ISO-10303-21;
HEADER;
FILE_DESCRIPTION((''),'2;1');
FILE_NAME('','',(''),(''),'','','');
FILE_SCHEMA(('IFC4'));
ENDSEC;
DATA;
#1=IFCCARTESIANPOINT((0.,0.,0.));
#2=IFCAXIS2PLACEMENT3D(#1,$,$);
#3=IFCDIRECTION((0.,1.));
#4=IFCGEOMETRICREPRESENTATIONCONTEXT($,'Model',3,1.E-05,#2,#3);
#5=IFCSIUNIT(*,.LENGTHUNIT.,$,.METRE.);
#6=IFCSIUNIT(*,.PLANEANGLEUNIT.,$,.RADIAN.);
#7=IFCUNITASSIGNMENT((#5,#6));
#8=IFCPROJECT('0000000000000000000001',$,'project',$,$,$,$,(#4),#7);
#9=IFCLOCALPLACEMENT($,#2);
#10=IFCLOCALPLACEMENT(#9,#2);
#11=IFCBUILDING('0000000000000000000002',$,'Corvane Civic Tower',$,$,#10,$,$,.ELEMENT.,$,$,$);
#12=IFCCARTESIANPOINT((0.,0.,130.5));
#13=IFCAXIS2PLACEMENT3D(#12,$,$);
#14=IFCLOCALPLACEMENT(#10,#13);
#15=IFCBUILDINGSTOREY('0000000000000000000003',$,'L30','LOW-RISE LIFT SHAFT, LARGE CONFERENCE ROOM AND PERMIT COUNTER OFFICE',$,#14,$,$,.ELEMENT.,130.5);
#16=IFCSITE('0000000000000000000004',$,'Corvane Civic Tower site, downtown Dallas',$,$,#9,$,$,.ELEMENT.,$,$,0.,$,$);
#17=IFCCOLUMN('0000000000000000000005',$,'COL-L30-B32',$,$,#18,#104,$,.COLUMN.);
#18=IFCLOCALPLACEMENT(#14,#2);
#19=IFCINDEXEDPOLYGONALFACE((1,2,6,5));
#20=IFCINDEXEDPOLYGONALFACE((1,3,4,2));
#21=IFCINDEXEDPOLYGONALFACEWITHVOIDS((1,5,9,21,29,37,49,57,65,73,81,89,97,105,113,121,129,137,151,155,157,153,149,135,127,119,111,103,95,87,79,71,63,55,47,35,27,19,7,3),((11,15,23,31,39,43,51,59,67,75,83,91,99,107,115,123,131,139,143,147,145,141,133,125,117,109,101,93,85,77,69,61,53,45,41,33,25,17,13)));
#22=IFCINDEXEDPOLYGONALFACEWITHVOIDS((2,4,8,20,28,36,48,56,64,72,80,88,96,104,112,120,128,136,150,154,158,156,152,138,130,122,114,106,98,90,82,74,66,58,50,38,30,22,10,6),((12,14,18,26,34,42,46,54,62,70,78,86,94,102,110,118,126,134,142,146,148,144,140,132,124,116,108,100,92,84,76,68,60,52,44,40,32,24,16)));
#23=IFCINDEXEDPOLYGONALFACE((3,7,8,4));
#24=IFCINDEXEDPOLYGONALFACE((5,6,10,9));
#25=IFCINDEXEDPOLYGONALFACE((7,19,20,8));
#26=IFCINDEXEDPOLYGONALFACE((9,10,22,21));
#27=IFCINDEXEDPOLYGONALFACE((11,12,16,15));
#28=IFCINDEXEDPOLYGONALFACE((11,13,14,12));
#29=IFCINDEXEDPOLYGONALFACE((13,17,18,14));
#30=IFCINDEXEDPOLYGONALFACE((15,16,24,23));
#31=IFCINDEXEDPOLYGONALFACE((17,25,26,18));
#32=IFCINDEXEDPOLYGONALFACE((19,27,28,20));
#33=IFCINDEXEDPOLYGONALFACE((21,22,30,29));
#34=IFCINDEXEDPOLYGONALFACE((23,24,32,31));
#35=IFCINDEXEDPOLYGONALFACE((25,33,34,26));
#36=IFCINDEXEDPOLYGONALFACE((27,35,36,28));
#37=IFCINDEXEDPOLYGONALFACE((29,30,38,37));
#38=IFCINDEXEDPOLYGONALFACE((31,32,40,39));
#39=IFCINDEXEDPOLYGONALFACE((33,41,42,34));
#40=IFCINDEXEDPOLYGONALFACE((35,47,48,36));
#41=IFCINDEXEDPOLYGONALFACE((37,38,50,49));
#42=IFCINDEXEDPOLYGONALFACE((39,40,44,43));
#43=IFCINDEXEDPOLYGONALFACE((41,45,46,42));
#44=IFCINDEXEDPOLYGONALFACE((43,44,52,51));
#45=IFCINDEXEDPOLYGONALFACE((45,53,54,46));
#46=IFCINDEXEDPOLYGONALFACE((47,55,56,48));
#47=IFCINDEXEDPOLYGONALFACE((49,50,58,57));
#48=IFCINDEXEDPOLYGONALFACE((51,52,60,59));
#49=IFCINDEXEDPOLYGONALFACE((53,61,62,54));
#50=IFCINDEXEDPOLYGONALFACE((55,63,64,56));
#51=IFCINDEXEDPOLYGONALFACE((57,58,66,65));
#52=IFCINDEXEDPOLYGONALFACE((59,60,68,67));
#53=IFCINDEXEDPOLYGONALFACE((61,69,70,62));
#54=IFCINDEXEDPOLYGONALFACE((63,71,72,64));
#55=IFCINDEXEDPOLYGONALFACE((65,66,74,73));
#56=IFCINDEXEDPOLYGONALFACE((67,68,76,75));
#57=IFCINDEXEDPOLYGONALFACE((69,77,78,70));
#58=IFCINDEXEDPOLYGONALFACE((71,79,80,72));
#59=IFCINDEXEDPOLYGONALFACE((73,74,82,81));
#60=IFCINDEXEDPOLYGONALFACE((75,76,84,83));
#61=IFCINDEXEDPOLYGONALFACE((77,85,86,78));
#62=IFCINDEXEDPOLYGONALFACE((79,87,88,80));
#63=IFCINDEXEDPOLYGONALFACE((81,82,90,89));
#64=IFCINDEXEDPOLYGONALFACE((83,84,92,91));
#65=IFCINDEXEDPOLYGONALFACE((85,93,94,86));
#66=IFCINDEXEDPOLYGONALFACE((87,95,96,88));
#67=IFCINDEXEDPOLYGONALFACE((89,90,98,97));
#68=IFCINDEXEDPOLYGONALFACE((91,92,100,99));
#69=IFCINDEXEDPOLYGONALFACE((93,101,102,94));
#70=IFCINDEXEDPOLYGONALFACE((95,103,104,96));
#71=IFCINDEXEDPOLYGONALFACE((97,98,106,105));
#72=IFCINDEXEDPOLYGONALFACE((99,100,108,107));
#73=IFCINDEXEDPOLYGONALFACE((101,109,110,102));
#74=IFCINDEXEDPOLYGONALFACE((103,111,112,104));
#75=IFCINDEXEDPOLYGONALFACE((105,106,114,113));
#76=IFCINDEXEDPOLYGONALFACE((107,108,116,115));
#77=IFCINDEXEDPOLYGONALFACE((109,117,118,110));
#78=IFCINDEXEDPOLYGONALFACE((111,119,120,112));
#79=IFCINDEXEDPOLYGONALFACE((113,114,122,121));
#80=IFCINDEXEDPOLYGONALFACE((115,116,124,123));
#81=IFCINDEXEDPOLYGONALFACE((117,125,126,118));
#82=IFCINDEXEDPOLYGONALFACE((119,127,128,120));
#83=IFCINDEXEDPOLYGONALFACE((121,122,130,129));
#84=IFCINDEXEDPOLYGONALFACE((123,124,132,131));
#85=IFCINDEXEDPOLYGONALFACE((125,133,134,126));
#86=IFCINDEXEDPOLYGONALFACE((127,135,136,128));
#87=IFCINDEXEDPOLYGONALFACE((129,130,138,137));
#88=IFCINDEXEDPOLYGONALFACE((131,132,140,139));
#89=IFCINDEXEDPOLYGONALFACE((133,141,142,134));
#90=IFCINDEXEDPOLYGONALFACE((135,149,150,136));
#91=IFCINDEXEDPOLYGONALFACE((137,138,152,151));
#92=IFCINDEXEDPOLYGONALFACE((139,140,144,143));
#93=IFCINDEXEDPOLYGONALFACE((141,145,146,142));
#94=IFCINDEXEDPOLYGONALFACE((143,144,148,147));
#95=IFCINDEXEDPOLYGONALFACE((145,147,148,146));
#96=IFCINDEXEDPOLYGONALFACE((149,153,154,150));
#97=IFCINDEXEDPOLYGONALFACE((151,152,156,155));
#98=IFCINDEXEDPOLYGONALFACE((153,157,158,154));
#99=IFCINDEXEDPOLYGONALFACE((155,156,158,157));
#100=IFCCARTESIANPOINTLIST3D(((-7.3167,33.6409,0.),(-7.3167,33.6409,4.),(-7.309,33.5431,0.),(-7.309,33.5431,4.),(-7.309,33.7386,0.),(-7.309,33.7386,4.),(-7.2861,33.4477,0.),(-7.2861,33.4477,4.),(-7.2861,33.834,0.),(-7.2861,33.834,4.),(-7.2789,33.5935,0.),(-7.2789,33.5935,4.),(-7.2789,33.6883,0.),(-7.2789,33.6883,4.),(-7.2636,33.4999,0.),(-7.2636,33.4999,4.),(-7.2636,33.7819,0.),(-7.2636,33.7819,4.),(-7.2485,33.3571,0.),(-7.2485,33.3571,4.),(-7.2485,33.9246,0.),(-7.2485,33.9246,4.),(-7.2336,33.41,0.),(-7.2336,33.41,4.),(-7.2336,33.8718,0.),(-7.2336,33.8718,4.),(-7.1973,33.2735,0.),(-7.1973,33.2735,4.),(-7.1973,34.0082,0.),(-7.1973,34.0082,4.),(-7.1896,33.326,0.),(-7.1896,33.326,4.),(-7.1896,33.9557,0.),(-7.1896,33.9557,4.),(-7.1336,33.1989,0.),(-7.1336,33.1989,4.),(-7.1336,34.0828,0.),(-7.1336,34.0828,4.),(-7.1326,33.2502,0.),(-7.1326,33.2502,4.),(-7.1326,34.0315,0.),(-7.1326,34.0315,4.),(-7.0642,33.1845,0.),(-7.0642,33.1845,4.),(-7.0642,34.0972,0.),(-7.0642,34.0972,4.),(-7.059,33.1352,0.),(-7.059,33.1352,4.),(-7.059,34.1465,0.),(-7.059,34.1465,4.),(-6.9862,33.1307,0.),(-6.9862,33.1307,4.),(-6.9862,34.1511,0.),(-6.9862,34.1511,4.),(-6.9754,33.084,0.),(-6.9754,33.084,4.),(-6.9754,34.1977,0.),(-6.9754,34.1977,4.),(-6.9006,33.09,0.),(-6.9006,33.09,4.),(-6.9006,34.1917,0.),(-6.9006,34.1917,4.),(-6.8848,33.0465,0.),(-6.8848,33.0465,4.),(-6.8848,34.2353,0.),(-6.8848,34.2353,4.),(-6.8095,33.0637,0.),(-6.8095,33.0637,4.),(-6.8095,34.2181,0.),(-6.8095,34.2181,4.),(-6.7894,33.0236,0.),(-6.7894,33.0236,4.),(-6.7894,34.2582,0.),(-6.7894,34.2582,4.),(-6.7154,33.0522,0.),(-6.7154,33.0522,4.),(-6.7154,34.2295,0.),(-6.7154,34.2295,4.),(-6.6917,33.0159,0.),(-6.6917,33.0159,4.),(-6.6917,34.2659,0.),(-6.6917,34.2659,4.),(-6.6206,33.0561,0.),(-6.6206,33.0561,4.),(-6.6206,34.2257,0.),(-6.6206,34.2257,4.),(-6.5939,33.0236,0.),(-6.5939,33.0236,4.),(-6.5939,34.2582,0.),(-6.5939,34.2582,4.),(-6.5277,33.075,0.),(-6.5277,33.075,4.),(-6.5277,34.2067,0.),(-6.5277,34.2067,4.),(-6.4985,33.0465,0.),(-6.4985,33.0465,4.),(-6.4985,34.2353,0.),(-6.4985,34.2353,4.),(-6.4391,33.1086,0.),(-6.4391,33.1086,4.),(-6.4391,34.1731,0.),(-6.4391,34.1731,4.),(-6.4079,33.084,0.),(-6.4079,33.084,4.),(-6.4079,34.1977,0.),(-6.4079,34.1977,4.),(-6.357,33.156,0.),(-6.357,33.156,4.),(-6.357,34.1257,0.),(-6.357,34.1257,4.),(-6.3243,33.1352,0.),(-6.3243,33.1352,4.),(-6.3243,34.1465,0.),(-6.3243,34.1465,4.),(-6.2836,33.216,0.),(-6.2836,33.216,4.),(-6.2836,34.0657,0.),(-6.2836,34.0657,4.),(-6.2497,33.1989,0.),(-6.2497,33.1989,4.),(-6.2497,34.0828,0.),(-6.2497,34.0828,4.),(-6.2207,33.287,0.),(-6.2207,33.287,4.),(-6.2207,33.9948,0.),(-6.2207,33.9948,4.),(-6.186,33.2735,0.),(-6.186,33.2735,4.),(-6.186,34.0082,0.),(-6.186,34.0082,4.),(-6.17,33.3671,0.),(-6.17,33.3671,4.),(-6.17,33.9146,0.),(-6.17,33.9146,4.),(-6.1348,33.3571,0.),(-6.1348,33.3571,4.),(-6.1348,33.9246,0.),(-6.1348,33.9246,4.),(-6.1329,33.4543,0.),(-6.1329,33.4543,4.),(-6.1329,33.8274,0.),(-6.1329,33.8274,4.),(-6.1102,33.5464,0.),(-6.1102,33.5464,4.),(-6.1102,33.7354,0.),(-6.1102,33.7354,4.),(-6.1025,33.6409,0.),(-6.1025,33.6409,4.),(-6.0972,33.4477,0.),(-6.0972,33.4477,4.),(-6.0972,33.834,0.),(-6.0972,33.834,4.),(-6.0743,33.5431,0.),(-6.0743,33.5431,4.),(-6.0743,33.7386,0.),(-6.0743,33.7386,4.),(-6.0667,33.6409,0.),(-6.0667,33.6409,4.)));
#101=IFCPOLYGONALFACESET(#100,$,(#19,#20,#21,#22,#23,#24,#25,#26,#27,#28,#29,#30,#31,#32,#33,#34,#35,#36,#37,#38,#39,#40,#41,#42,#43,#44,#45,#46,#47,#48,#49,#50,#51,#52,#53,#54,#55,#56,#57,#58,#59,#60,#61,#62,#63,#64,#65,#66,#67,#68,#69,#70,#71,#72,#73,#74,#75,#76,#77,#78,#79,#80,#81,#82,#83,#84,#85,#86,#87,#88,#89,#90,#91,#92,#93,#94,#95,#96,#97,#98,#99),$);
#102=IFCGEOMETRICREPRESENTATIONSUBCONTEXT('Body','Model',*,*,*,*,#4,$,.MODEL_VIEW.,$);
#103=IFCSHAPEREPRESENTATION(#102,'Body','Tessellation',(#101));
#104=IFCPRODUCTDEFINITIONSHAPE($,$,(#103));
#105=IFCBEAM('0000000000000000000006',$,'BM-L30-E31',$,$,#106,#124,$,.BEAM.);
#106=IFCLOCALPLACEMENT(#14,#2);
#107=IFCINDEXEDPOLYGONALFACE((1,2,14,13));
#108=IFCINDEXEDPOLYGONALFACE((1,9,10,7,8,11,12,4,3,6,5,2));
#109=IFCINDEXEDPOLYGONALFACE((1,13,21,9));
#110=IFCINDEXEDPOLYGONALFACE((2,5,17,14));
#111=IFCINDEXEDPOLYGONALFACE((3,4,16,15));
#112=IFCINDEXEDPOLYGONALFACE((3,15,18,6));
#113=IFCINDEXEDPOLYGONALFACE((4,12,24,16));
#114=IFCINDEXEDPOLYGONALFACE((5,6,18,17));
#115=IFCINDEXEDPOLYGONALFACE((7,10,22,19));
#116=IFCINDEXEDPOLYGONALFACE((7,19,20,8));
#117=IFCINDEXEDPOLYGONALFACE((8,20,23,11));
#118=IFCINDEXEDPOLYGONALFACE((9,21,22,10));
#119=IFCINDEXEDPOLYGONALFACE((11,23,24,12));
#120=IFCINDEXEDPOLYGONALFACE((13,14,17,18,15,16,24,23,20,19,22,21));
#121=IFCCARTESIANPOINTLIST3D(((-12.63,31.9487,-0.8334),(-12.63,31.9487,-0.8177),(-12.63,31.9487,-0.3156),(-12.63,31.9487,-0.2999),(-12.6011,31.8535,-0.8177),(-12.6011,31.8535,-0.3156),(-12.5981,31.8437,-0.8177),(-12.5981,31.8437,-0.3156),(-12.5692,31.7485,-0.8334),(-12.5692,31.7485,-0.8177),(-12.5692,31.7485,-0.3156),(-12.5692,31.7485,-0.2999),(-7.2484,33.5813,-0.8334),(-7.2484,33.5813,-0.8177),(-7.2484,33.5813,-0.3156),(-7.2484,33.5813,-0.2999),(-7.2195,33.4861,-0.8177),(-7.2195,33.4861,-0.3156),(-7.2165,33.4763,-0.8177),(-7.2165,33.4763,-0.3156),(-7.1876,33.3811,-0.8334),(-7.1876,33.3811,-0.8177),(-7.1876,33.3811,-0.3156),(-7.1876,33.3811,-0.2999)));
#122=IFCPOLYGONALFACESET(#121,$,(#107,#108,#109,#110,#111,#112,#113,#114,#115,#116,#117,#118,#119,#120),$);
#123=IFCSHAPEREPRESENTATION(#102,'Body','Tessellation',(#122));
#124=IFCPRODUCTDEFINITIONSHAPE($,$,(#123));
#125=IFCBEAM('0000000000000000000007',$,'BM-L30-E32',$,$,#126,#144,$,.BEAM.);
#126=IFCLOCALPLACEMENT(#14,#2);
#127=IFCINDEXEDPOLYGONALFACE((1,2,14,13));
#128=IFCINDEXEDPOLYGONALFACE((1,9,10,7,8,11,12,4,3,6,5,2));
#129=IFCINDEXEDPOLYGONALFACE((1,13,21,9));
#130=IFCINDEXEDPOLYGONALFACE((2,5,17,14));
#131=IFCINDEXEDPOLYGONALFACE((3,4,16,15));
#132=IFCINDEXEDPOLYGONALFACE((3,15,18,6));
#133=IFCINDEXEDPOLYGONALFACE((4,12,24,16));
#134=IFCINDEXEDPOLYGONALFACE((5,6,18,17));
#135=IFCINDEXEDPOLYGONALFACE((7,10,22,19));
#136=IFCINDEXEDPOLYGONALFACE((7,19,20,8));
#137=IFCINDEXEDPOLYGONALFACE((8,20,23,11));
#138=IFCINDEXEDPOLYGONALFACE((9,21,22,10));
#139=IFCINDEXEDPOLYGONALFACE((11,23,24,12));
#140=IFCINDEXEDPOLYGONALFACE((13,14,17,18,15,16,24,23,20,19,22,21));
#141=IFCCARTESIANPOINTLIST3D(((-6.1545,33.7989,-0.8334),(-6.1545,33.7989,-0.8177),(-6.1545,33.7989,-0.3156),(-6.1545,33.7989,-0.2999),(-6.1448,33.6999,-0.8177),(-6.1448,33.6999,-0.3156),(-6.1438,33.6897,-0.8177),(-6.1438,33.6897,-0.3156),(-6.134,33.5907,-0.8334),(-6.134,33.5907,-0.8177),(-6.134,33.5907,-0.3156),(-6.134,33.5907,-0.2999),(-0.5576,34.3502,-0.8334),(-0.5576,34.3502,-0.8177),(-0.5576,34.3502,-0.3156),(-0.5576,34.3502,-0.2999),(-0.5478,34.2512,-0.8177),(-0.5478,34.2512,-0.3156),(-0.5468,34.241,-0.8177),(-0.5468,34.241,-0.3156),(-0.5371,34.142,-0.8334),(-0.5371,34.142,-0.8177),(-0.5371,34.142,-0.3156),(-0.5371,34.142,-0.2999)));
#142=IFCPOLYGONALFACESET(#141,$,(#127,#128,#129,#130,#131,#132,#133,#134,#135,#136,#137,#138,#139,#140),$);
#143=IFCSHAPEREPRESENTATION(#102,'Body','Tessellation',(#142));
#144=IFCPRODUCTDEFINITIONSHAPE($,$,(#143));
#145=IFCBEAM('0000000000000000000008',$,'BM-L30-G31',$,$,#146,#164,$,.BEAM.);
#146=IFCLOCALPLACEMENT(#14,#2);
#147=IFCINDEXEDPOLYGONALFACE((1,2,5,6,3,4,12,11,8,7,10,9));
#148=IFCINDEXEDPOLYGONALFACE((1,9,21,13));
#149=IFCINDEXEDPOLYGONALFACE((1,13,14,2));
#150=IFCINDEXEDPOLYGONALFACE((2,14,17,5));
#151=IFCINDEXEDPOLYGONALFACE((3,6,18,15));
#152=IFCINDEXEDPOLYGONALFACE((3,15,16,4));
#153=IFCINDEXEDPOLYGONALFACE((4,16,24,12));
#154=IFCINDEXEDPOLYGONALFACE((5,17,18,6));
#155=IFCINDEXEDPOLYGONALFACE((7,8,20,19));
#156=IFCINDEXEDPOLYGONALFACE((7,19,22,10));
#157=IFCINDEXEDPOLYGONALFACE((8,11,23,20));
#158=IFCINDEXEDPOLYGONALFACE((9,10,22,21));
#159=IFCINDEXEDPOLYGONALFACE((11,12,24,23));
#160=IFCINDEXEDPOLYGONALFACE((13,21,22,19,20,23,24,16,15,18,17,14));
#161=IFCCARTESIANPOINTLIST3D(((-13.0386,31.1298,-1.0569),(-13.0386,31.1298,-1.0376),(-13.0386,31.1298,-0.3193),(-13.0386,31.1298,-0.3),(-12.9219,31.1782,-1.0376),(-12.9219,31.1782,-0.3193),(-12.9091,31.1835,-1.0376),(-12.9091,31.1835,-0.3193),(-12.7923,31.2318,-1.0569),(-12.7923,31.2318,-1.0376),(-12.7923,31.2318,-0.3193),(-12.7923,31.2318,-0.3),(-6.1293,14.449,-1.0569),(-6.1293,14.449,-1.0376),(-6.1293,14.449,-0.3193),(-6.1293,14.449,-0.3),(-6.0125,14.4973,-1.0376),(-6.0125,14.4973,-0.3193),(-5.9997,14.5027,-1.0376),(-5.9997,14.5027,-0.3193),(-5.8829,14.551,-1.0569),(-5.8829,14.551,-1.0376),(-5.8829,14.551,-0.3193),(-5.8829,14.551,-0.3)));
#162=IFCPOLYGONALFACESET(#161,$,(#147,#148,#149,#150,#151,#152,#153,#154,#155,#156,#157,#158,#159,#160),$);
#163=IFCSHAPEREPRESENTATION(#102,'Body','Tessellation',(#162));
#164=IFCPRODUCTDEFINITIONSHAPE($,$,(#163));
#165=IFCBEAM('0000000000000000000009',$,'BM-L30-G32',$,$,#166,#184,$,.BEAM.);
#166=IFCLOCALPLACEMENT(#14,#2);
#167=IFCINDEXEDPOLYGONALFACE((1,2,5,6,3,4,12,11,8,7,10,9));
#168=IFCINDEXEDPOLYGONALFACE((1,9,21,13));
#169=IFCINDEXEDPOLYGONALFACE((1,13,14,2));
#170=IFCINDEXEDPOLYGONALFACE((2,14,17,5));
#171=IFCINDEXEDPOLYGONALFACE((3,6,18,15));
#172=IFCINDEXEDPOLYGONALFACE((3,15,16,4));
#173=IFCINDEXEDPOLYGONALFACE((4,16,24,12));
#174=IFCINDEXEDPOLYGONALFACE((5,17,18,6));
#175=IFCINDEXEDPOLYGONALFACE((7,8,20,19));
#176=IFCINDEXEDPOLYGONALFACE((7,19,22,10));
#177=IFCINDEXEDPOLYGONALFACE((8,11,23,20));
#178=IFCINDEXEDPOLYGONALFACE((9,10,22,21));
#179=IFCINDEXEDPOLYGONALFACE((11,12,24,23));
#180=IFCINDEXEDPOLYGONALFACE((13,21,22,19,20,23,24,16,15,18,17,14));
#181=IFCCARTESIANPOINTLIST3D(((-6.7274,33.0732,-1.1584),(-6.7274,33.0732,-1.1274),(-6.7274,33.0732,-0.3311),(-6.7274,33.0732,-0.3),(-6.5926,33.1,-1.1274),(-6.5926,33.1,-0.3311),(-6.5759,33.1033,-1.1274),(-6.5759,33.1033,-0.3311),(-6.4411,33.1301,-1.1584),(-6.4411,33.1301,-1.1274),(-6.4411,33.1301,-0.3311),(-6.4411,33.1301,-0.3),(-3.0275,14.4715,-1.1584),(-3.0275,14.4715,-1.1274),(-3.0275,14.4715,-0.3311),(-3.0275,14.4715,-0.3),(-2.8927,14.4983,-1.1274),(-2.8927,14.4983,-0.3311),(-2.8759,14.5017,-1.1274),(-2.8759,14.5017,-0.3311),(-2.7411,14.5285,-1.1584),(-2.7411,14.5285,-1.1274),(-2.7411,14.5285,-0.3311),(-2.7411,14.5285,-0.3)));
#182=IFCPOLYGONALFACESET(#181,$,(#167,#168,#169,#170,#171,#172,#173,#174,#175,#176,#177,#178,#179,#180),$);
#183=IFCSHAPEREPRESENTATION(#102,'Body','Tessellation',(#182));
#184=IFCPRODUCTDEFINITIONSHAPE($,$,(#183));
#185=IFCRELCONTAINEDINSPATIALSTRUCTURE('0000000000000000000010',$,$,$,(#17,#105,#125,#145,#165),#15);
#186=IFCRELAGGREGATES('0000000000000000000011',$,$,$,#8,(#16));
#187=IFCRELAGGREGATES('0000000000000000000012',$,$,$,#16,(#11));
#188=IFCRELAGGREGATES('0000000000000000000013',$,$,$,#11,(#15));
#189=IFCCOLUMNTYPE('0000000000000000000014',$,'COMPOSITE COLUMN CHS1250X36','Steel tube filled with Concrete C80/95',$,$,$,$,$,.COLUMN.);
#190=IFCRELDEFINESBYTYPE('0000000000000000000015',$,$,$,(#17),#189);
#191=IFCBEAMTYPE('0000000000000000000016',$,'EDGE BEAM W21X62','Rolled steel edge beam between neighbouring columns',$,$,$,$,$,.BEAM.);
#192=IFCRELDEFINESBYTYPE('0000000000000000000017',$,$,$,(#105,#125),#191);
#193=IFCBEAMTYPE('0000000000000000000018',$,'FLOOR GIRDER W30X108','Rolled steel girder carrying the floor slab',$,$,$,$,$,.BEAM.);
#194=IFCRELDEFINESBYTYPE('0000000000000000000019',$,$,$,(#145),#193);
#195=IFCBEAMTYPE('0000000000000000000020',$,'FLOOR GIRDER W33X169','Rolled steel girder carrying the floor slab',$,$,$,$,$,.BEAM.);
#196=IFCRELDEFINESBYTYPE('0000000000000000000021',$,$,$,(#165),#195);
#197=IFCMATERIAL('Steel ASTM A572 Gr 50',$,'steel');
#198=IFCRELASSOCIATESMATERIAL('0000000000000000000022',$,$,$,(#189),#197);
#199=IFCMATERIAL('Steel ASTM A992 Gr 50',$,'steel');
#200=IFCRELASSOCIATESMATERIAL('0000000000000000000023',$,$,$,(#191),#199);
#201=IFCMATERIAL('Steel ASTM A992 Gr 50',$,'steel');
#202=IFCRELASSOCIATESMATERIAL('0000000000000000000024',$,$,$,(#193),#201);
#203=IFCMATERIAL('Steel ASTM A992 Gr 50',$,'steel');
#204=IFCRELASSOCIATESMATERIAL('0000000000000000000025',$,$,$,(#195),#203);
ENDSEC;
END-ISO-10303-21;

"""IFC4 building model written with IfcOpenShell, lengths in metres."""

from ifc_helpers import new_model, si_unit, direction, frame, origin, origin_2d, place, context, subcontext, project, spatial, hollow_circle, i_section, extrude, material, material_profile, profile_set, type_object, element, save


model = new_model("IFC4")

# Units and contexts
model_context = context("Model", 3, precision=1e-05, world=origin(), true_north=direction((0.0, 1.0)))
body_context = subcontext(model_context, "Body", "Model", "MODEL_VIEW")
ifc_project = project(units=[si_unit("LENGTHUNIT", "METRE"), si_unit("PLANEANGLEUNIT", "RADIAN")], contexts=[model_context])

# Site, building, storey
site_placement = place(None, origin())
site = spatial("IfcSite", under=ifc_project, at=site_placement, Name="Corvane Civic Tower site, downtown Dallas", CompositionType="ELEMENT", RefElevation=0.0)
building_placement = place(site_placement, origin())
building = spatial("IfcBuilding", under=site, at=building_placement, Name="Corvane Civic Tower", CompositionType="ELEMENT")
storey_placement = place(building_placement, frame((0.0, 0.0, 130.5)))
storey = spatial("IfcBuildingStorey", under=building, at=storey_placement, Name="L30", Description="LOW-RISE LIFT SHAFT, LARGE CONFERENCE ROOM AND PERMIT COUNTER OFFICE", CompositionType="ELEMENT", Elevation=130.5)

# Column
ifc_material_1 = material(Name="Steel ASTM A572 Gr 50", Category="steel")
ifc_material_profile_1 = material_profile(ifc_material_1, hollow_circle(Radius=0.625, WallThickness=0.0359, at=origin_2d()), Name="CHS1250X36")
ifc_profile_set_1 = profile_set([ifc_material_profile_1], Name="Steel ASTM A572 Gr 50")
column_type = type_object("IfcColumnType", Name="COMPOSITE COLUMN CHS1250X36", Description="Steel tube filled with Concrete C80/95", PredefinedType="COLUMN", material=ifc_profile_set_1)
for number, where, z_axis, x_axis, name in (
    (1, (-6.6917, 33.6409, 0.0), (0.0, 0.0, 1.0), (1.0, 0.0, 0.0), "COL-L30-B32"),
):
    element("IfcColumn", number, at=place(storey_placement, frame(where, z_axis=z_axis, x_axis=x_axis)), inside=storey, type_object=column_type, Name=name, PredefinedType="COLUMN", context=body_context, shape_type="SweptSolid", body=[
        extrude(hollow_circle(Radius=0.625, WallThickness=0.0359, at=origin_2d()), origin(), (0.0, 0.0, 1.0), 4.0),
    ])

# Beams
ifc_material_2 = material(Name="Steel ASTM A992 Gr 50", Category="steel")
ifc_material_profile_2 = material_profile(ifc_material_2, i_section(OverallWidth=0.2092, OverallDepth=0.5334, WebThickness=0.0103, FlangeThickness=0.0156, at=origin_2d()), Name="W21X62")
ifc_profile_set_2 = profile_set([ifc_material_profile_2], Name="Steel ASTM A992 Gr 50")
beam_type_1 = type_object("IfcBeamType", Name="EDGE BEAM W21X62", Description="Rolled steel edge beam between neighbouring columns", PredefinedType="BEAM", material=ifc_profile_set_2)
beam_1_placement = place(storey_placement, frame((-12.5996, 31.8486, -0.5667), z_axis=(0.956936, 0.290298, 0.0), x_axis=(-0.290298, 0.956936, 0.0)))
element("IfcBeam", 2, at=beam_1_placement, inside=storey, type_object=beam_type_1, Name="BM-L30-E31", PredefinedType="BEAM", context=body_context, shape_type="SweptSolid", body=[
    extrude(i_section(OverallWidth=0.2092, OverallDepth=0.5334, WebThickness=0.0103, FlangeThickness=0.0156, at=origin_2d()), origin(), (0.0, 0.0, 1.0), 5.6238),
])
beam_2_placement = place(storey_placement, frame((-6.1443, 33.6948, -0.5667), z_axis=(0.995184, 0.098021, 0.0), x_axis=(-0.098021, 0.995184, 0.0)))
element("IfcBeam", 3, at=beam_2_placement, inside=storey, type_object=beam_type_1, Name="BM-L30-E32", PredefinedType="BEAM", context=body_context, shape_type="SweptSolid", body=[
    extrude(i_section(OverallWidth=0.2092, OverallDepth=0.5334, WebThickness=0.0103, FlangeThickness=0.0156, at=origin_2d()), origin(), (0.0, 0.0, 1.0), 5.624),
])
ifc_material_3 = material(Name="Steel ASTM A992 Gr 50", Category="steel")
ifc_material_profile_3 = material_profile(ifc_material_3, i_section(OverallWidth=0.2666, OverallDepth=0.7568, WebThickness=0.0139, FlangeThickness=0.0193, at=origin_2d()), Name="W30X108")
ifc_profile_set_3 = profile_set([ifc_material_profile_3], Name="Steel ASTM A992 Gr 50")
beam_type_2 = type_object("IfcBeamType", Name="FLOOR GIRDER W30X108", Description="Rolled steel girder carrying the floor slab", PredefinedType="BEAM", material=ifc_profile_set_3)
beam_3_placement = place(storey_placement, frame((-6.0061, 14.5, -0.6785), z_axis=(-0.382682, 0.92388, 0.0), x_axis=(-0.92388, -0.382682, 0.0)))
element("IfcBeam", 4, at=beam_3_placement, inside=storey, type_object=beam_type_2, Name="BM-L30-G31", PredefinedType="BEAM", context=body_context, shape_type="SweptSolid", body=[
    extrude(i_section(OverallWidth=0.2666, OverallDepth=0.7568, WebThickness=0.0139, FlangeThickness=0.0193, at=origin_2d()), origin(), (0.0, 0.0, 1.0), 18.0552),
])
ifc_material_4 = material(Name="Steel ASTM A992 Gr 50", Category="steel")
ifc_material_profile_4 = material_profile(ifc_material_4, i_section(OverallWidth=0.292, OverallDepth=0.8584, WebThickness=0.0171, FlangeThickness=0.031, at=origin_2d()), Name="W33X169")
ifc_profile_set_4 = profile_set([ifc_material_profile_4], Name="Steel ASTM A992 Gr 50")
beam_type_3 = type_object("IfcBeamType", Name="FLOOR GIRDER W33X169", Description="Rolled steel girder carrying the floor slab", PredefinedType="BEAM", material=ifc_profile_set_4)
beam_4_placement = place(storey_placement, frame((-2.8843, 14.5, -0.7292), z_axis=(-0.195084, 0.980787, 0.0), x_axis=(-0.980787, -0.195084, 0.0)))
element("IfcBeam", 5, at=beam_4_placement, inside=storey, type_object=beam_type_3, Name="BM-L30-G32", PredefinedType="BEAM", context=body_context, shape_type="SweptSolid", body=[
    extrude(i_section(OverallWidth=0.292, OverallDepth=0.8584, WebThickness=0.0171, FlangeThickness=0.031, at=origin_2d()), origin(), (0.0, 0.0, 1.0), 18.9661),
])

save(model, "model.ifc")
